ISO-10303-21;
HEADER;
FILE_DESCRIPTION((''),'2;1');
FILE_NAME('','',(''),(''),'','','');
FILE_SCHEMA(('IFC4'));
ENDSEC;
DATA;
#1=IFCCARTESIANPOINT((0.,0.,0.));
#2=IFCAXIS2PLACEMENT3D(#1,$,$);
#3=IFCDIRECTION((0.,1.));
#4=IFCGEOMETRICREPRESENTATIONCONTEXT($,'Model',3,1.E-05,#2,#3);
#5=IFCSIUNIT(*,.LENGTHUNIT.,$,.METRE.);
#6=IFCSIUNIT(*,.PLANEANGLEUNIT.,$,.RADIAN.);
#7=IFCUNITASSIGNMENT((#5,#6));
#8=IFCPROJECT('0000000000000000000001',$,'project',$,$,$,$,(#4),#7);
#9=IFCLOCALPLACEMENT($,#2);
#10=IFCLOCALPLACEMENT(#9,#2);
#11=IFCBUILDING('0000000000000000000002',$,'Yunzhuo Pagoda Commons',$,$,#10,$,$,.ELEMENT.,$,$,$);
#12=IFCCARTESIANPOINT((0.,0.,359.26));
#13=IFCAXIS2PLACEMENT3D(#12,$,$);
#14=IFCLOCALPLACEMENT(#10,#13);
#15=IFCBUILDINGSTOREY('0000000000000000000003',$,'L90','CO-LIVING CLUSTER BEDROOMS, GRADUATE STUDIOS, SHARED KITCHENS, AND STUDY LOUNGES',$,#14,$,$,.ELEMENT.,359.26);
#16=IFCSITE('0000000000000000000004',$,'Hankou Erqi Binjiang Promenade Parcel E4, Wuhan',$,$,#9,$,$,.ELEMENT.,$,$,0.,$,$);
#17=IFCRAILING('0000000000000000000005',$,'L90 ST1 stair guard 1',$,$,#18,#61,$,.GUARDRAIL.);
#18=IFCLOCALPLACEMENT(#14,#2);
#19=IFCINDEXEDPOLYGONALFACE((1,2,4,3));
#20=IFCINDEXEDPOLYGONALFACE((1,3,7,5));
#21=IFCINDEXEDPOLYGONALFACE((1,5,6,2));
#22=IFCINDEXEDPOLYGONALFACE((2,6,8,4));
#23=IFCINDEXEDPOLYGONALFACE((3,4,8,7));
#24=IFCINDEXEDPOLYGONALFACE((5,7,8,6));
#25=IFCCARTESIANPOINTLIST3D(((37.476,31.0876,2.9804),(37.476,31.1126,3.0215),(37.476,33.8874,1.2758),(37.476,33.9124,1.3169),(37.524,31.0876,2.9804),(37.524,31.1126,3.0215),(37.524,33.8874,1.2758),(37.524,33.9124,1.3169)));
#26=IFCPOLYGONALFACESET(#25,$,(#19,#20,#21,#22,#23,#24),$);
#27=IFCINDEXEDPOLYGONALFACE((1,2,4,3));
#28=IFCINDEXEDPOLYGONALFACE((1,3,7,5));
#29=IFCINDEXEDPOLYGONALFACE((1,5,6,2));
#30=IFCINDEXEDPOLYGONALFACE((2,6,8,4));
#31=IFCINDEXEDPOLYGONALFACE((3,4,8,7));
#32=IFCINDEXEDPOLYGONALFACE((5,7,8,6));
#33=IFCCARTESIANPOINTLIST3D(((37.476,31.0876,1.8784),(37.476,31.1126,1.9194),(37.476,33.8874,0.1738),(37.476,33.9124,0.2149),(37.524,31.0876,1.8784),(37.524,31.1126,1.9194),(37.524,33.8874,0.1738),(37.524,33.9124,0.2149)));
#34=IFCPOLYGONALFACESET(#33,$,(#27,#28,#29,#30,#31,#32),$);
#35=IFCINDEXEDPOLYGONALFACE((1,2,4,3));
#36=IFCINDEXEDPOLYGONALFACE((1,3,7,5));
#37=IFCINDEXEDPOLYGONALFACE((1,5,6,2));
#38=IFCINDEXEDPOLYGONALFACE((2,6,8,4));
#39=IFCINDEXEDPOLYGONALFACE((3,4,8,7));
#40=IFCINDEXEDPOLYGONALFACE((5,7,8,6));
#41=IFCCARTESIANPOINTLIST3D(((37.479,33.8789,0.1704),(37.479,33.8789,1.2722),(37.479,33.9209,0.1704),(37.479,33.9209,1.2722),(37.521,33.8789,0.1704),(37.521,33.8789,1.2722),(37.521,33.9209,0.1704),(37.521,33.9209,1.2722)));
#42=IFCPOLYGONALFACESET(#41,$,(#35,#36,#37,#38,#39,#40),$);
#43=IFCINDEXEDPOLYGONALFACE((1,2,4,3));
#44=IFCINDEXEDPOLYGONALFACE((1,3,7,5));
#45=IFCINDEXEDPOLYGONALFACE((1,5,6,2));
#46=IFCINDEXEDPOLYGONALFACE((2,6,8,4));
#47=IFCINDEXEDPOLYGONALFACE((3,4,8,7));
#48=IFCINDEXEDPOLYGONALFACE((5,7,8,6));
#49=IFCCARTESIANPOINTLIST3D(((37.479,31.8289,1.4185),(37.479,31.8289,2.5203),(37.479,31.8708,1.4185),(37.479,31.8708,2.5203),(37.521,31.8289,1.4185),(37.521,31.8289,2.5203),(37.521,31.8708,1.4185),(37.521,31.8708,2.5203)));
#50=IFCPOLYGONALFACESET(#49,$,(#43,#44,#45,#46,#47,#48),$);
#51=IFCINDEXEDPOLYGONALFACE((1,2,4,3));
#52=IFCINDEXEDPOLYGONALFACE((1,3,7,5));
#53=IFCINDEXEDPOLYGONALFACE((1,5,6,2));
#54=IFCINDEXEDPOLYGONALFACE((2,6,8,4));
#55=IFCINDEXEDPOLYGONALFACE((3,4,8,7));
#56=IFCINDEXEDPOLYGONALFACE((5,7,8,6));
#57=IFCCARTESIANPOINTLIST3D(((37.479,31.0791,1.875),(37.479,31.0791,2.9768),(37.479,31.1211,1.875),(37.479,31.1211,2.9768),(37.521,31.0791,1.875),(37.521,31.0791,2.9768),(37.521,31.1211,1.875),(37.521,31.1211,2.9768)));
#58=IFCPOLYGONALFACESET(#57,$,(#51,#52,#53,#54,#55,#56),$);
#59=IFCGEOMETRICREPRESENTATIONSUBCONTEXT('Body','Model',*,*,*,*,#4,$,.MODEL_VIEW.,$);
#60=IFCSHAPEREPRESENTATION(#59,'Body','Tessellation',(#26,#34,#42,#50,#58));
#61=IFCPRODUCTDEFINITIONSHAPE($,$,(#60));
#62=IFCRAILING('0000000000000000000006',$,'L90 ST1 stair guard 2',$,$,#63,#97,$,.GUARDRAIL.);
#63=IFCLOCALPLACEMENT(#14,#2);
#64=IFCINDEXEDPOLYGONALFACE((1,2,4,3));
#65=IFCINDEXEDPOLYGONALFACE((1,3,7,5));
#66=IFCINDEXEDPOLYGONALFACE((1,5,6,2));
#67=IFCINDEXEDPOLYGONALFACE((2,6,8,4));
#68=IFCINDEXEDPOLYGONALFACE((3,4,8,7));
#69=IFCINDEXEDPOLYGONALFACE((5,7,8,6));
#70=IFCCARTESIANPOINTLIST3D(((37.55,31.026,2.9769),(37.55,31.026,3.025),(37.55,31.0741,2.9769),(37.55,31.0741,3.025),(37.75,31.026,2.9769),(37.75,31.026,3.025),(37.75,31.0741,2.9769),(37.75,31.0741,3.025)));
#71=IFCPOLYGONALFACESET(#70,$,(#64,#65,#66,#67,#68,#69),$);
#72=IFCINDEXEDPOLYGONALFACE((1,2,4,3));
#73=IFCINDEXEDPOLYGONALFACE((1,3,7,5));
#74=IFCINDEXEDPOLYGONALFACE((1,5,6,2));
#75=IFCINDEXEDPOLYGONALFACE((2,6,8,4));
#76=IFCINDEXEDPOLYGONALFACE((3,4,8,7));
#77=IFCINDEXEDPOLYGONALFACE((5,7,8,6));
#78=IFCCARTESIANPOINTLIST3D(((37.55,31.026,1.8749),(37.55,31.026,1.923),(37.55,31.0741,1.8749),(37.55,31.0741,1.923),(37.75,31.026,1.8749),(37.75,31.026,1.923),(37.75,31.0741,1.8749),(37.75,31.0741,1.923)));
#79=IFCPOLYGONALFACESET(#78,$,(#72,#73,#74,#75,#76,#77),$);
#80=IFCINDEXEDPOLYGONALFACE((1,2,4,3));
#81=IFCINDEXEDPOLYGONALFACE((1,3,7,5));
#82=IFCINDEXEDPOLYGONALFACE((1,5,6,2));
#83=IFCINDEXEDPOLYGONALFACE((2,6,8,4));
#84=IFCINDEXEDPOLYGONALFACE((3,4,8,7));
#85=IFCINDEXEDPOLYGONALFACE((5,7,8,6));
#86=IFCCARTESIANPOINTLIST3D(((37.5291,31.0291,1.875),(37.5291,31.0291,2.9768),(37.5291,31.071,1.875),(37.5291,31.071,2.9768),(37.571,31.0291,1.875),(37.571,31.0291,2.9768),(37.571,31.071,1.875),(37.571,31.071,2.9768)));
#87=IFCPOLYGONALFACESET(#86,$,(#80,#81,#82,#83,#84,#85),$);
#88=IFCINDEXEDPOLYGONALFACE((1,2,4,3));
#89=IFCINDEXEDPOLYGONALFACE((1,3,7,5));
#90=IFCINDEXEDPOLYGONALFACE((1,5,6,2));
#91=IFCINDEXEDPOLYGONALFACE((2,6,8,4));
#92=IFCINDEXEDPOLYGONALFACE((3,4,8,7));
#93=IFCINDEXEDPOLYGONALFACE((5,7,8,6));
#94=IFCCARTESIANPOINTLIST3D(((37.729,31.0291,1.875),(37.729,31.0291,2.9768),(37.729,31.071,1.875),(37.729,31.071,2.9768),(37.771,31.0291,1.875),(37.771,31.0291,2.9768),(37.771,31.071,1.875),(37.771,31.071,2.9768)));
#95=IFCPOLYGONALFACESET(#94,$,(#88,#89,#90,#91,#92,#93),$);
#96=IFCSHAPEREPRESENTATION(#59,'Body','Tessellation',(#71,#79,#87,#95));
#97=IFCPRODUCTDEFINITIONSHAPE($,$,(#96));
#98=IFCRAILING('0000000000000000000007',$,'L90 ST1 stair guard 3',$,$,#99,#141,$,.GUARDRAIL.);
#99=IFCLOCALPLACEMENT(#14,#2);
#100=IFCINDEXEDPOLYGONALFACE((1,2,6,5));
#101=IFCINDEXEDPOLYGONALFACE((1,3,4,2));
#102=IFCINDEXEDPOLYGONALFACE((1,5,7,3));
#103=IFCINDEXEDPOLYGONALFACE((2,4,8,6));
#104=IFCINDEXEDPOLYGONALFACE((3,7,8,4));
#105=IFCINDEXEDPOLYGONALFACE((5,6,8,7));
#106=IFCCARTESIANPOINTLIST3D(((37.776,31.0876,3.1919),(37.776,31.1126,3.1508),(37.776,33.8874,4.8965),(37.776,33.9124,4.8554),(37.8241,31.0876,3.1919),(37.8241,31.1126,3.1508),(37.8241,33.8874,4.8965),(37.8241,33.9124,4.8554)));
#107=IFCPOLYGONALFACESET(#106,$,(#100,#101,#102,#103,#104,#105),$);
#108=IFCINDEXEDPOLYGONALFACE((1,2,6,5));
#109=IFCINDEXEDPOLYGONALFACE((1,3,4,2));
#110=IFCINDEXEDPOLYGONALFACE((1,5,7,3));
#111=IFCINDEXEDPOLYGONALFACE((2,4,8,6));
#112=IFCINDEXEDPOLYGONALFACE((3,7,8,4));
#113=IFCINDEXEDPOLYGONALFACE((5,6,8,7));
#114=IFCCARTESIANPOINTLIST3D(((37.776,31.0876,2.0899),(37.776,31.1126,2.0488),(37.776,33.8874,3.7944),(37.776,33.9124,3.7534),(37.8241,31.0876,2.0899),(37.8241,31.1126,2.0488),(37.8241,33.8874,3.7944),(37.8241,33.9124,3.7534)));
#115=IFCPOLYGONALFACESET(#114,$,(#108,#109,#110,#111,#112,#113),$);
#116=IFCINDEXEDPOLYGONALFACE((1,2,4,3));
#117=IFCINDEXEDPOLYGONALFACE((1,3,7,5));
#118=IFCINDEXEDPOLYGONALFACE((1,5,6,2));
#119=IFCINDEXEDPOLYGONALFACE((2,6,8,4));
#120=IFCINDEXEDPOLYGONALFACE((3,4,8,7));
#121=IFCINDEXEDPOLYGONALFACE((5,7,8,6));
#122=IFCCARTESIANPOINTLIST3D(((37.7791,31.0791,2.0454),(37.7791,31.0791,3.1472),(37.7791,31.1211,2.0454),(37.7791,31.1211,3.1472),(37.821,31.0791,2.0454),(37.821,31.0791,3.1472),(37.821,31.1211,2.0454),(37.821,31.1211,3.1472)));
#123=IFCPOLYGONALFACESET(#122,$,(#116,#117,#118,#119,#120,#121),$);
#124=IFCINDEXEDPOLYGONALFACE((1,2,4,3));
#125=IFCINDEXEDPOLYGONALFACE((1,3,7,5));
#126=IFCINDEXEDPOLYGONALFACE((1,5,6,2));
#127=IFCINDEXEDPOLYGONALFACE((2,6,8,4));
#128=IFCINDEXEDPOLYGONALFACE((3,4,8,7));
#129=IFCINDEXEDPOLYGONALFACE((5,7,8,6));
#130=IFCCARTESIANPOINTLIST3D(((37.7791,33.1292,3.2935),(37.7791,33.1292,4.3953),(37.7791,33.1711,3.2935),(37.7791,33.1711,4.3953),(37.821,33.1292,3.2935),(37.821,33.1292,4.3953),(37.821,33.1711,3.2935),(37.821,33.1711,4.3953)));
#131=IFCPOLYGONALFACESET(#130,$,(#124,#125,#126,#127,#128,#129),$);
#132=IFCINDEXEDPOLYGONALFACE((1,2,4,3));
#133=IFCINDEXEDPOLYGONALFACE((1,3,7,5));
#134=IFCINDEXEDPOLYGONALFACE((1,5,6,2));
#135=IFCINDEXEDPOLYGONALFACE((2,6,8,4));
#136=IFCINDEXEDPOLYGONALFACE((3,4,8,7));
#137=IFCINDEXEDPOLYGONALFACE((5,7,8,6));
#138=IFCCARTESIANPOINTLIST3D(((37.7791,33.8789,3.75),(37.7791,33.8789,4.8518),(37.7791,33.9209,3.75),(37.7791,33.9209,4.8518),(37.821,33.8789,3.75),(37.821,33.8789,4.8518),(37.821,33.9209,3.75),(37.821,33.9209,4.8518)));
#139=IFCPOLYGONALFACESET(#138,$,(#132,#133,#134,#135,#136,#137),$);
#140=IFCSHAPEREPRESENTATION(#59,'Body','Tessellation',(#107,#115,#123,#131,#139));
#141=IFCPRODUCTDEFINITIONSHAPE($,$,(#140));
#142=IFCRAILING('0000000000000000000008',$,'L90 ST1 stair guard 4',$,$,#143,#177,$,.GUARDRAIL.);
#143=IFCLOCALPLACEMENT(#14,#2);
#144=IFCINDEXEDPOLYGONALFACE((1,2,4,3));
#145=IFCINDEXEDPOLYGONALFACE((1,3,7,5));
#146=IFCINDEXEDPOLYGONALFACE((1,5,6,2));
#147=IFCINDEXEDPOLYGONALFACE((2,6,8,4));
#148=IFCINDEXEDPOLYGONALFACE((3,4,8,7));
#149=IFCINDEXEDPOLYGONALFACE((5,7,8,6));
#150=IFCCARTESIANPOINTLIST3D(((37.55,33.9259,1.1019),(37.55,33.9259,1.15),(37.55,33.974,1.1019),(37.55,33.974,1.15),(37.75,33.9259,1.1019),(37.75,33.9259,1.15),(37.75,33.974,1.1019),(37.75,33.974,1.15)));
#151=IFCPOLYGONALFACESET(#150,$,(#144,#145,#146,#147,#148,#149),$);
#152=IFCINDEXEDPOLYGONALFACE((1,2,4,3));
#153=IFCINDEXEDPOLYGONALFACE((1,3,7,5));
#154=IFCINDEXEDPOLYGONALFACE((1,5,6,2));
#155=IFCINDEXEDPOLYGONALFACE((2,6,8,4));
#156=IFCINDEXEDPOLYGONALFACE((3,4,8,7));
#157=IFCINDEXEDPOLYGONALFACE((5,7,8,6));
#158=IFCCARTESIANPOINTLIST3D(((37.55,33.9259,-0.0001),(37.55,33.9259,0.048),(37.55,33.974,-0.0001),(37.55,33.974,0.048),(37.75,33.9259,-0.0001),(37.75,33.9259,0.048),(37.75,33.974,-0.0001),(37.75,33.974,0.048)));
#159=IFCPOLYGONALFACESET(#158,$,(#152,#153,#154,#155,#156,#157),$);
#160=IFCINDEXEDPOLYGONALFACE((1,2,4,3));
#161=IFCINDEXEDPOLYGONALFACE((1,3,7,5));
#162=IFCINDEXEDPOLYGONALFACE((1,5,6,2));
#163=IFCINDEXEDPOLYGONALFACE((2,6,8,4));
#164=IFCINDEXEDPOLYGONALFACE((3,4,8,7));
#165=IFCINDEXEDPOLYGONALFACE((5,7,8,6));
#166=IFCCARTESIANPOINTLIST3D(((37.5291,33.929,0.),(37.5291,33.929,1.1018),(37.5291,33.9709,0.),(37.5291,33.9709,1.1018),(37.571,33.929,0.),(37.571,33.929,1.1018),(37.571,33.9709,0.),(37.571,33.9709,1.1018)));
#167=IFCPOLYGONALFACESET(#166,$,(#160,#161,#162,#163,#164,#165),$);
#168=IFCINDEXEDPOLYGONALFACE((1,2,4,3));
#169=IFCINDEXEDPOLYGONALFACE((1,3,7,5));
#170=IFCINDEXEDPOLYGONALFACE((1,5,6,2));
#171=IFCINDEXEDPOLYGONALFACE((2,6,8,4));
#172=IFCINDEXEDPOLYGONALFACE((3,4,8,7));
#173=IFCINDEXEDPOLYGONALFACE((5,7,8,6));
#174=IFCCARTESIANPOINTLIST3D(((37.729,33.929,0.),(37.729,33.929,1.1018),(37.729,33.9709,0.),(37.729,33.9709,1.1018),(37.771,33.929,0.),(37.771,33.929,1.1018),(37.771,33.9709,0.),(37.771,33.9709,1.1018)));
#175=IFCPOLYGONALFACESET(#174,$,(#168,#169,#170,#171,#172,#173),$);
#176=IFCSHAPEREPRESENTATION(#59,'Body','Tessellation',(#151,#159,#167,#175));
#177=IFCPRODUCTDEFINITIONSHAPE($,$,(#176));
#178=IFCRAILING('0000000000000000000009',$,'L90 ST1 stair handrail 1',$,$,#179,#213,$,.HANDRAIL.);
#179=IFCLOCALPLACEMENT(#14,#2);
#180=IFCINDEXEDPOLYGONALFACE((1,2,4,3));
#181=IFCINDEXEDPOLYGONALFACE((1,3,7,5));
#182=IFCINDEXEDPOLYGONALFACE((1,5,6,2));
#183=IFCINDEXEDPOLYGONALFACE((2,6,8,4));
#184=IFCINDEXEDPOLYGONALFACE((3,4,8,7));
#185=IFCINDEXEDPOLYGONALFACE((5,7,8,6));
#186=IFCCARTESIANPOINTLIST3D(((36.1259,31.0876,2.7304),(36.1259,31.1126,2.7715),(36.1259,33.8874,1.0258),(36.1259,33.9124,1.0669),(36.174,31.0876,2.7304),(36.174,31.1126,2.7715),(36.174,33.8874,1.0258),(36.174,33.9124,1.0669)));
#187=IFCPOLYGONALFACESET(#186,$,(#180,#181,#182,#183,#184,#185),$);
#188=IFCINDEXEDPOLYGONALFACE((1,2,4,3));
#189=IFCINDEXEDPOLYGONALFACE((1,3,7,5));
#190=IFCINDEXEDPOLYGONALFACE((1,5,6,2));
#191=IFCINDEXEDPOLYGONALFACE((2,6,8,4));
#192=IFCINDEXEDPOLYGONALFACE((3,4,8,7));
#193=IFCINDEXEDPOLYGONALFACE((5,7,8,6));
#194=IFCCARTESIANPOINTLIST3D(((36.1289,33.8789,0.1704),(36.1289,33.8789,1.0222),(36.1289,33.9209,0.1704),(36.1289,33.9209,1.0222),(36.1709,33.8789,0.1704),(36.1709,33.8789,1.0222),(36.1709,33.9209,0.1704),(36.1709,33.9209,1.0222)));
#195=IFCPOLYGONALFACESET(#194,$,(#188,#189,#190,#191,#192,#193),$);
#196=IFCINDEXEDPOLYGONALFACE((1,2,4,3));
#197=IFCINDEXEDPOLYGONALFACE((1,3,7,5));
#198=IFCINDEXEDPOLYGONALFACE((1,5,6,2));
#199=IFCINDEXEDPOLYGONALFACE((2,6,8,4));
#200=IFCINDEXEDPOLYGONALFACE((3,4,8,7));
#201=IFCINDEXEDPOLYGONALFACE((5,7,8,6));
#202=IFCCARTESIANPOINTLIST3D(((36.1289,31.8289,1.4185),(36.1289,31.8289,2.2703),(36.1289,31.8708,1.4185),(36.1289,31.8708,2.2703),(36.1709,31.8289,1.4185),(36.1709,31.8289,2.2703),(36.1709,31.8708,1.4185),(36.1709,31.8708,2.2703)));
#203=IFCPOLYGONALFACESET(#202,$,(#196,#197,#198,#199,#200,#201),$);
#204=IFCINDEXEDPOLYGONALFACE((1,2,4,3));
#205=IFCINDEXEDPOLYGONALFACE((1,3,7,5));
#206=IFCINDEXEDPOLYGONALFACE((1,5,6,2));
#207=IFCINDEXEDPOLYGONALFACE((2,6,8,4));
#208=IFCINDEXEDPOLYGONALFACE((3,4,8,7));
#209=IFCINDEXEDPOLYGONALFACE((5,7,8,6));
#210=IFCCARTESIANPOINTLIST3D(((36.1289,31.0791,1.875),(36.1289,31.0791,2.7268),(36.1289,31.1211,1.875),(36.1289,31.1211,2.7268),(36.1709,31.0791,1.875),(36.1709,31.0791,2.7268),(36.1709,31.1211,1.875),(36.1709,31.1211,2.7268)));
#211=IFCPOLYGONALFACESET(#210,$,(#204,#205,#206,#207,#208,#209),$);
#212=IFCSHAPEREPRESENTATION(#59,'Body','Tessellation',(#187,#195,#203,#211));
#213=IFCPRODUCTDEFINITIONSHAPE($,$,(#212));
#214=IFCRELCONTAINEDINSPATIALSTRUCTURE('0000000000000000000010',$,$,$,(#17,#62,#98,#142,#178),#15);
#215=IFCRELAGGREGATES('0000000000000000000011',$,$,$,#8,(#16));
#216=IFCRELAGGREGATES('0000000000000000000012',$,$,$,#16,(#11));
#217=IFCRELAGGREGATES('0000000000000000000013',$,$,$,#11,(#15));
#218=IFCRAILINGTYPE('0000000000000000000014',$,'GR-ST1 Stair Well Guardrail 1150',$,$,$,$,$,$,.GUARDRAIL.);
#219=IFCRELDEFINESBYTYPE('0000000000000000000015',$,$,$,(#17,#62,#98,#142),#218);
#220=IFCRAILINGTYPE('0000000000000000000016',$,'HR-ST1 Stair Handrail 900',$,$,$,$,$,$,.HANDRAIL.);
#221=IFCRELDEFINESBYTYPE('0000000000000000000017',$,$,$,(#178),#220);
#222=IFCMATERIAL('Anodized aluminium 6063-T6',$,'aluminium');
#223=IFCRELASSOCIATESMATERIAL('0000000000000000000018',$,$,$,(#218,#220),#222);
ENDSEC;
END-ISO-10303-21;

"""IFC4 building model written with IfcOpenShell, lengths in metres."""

from ifc_helpers import new_model, si_unit, direction, frame, origin, origin_2d, place, context, subcontext, project, spatial, rectangle, extrude, material, type_object, element, save


model = new_model("IFC4")

# Units and contexts
model_context = context("Model", 3, precision=1e-05, world=origin(), true_north=direction((0.0, 1.0)))
body_context = subcontext(model_context, "Body", "Model", "MODEL_VIEW")
ifc_project = project(units=[si_unit("LENGTHUNIT", "METRE"), si_unit("PLANEANGLEUNIT", "RADIAN")], contexts=[model_context])

# Site, building, storey
site_placement = place(None, origin())
site = spatial("IfcSite", under=ifc_project, at=site_placement, Name="Hankou Erqi Binjiang Promenade Parcel E4, Wuhan", CompositionType="ELEMENT", RefElevation=0.0)
building_placement = place(site_placement, origin())
building = spatial("IfcBuilding", under=site, at=building_placement, Name="Yunzhuo Pagoda Commons", CompositionType="ELEMENT")
storey_placement = place(building_placement, frame((0.0, 0.0, 359.26)))
storey = spatial("IfcBuildingStorey", under=building, at=storey_placement, Name="L90", Description="CO-LIVING CLUSTER BEDROOMS, GRADUATE STUDIOS, SHARED KITCHENS, AND STUDY LOUNGES", CompositionType="ELEMENT", Elevation=359.26)

# Railings
ifc_material_1 = material(Name="Anodized aluminium 6063-T6", Category="aluminium")
railing_type_1 = type_object("IfcRailingType", Name="GR-ST1 Stair Well Guardrail 1150", PredefinedType="GUARDRAIL", material=ifc_material_1)
railing_1_placement = place(storey_placement, frame((37.5, 33.8999, 0.1704)))
element("IfcRailing", 1, at=railing_1_placement, inside=storey, type_object=railing_type_1, Name="L90 ST1 stair guard 1", PredefinedType="GUARDRAIL", context=body_context, shape_type="SweptSolid", body=[
    extrude(rectangle(XDim=0.0481, YDim=0.0481, at=origin_2d()), frame((0.0, 0.0, 1.126), z_axis=(0.0, -0.85415, 0.520027), x_axis=(1.0, 0.0, 0.0)), (0.0, 0.0, 1.0), 3.2778),
    extrude(rectangle(XDim=0.0481, YDim=0.0481, at=origin_2d()), frame((0.0, 0.0, 0.0239), z_axis=(0.0, -0.85415, 0.520027), x_axis=(1.0, 0.0, 0.0)), (0.0, 0.0, 1.0), 3.2778),
    extrude(rectangle(XDim=0.042, YDim=0.042, at=origin_2d()), origin(), (0.0, 0.0, 1.0), 1.1018),
    extrude(rectangle(XDim=0.042, YDim=0.042, at=origin_2d()), frame((0.0, -2.05, 1.248)), (0.0, 0.0, 1.0), 1.1018),
    extrude(rectangle(XDim=0.042, YDim=0.042, at=origin_2d()), frame((0.0, -2.7998, 1.7046)), (0.0, 0.0, 1.0), 1.1018),
])
railing_2_placement = place(storey_placement, frame((37.55, 31.05, 1.875)))
element("IfcRailing", 2, at=railing_2_placement, inside=storey, type_object=railing_type_1, Name="L90 ST1 stair guard 2", PredefinedType="GUARDRAIL", context=body_context, shape_type="SweptSolid", body=[
    extrude(rectangle(XDim=0.0481, YDim=0.0481, at=origin_2d()), frame((0.0, 0.0, 1.126), z_axis=(1.0, 0.0, 0.0), x_axis=(0.0, 1.0, 0.0)), (0.0, 0.0, 1.0), 0.2),
    extrude(rectangle(XDim=0.0481, YDim=0.0481, at=origin_2d()), frame((0.0, 0.0, 0.0239), z_axis=(1.0, 0.0, 0.0), x_axis=(0.0, 1.0, 0.0)), (0.0, 0.0, 1.0), 0.2),
    extrude(rectangle(XDim=0.042, YDim=0.042, at=origin_2d()), origin(), (0.0, 0.0, 1.0), 1.1018),
    extrude(rectangle(XDim=0.042, YDim=0.042, at=origin_2d()), frame((0.2, 0.0, 0.0)), (0.0, 0.0, 1.0), 1.1018),
])
railing_3_placement = place(storey_placement, frame((37.8, 31.1001, 2.0454)))
element("IfcRailing", 3, at=railing_3_placement, inside=storey, type_object=railing_type_1, Name="L90 ST1 stair guard 3", PredefinedType="GUARDRAIL", context=body_context, shape_type="SweptSolid", body=[
    extrude(rectangle(XDim=0.0481, YDim=0.0481, at=origin_2d()), frame((0.0, 0.0, 1.126), z_axis=(0.0, 0.85415, 0.520027), x_axis=(-1.0, 0.0, 0.0)), (0.0, 0.0, 1.0), 3.2778),
    extrude(rectangle(XDim=0.0481, YDim=0.0481, at=origin_2d()), frame((0.0, 0.0, 0.0239), z_axis=(0.0, 0.85415, 0.520027), x_axis=(-1.0, 0.0, 0.0)), (0.0, 0.0, 1.0), 3.2778),
    extrude(rectangle(XDim=0.042, YDim=0.042, at=origin_2d()), origin(), (0.0, 0.0, 1.0), 1.1018),
    extrude(rectangle(XDim=0.042, YDim=0.042, at=origin_2d()), frame((0.0, 2.05, 1.248)), (0.0, 0.0, 1.0), 1.1018),
    extrude(rectangle(XDim=0.042, YDim=0.042, at=origin_2d()), frame((0.0, 2.7998, 1.7046)), (0.0, 0.0, 1.0), 1.1018),
])
railing_4_placement = place(storey_placement, frame((37.55, 33.95, 0.0)))
element("IfcRailing", 4, at=railing_4_placement, inside=storey, type_object=railing_type_1, Name="L90 ST1 stair guard 4", PredefinedType="GUARDRAIL", context=body_context, shape_type="SweptSolid", body=[
    extrude(rectangle(XDim=0.0481, YDim=0.0481, at=origin_2d()), frame((0.0, 0.0, 1.126), z_axis=(1.0, 0.0, 0.0), x_axis=(0.0, 1.0, 0.0)), (0.0, 0.0, 1.0), 0.2),
    extrude(rectangle(XDim=0.0481, YDim=0.0481, at=origin_2d()), frame((0.0, 0.0, 0.0239), z_axis=(1.0, 0.0, 0.0), x_axis=(0.0, 1.0, 0.0)), (0.0, 0.0, 1.0), 0.2),
    extrude(rectangle(XDim=0.042, YDim=0.042, at=origin_2d()), origin(), (0.0, 0.0, 1.0), 1.1018),
    extrude(rectangle(XDim=0.042, YDim=0.042, at=origin_2d()), frame((0.2, 0.0, 0.0)), (0.0, 0.0, 1.0), 1.1018),
])
railing_type_2 = type_object("IfcRailingType", Name="HR-ST1 Stair Handrail 900", PredefinedType="HANDRAIL", material=ifc_material_1)
railing_5_placement = place(storey_placement, frame((36.1499, 33.8999, 0.1704)))
element("IfcRailing", 5, at=railing_5_placement, inside=storey, type_object=railing_type_2, Name="L90 ST1 stair handrail 1", PredefinedType="HANDRAIL", context=body_context, shape_type="SweptSolid", body=[
    extrude(rectangle(XDim=0.0481, YDim=0.0481, at=origin_2d()), frame((0.0, 0.0, 0.876), z_axis=(0.0, -0.85415, 0.520027), x_axis=(1.0, 0.0, 0.0)), (0.0, 0.0, 1.0), 3.2778),
    extrude(rectangle(XDim=0.042, YDim=0.042, at=origin_2d()), origin(), (0.0, 0.0, 1.0), 0.8518),
    extrude(rectangle(XDim=0.042, YDim=0.042, at=origin_2d()), frame((0.0, -2.05, 1.248)), (0.0, 0.0, 1.0), 0.8518),
    extrude(rectangle(XDim=0.042, YDim=0.042, at=origin_2d()), frame((0.0, -2.7998, 1.7046)), (0.0, 0.0, 1.0), 0.8518),
])

save(model, "model.ifc")
